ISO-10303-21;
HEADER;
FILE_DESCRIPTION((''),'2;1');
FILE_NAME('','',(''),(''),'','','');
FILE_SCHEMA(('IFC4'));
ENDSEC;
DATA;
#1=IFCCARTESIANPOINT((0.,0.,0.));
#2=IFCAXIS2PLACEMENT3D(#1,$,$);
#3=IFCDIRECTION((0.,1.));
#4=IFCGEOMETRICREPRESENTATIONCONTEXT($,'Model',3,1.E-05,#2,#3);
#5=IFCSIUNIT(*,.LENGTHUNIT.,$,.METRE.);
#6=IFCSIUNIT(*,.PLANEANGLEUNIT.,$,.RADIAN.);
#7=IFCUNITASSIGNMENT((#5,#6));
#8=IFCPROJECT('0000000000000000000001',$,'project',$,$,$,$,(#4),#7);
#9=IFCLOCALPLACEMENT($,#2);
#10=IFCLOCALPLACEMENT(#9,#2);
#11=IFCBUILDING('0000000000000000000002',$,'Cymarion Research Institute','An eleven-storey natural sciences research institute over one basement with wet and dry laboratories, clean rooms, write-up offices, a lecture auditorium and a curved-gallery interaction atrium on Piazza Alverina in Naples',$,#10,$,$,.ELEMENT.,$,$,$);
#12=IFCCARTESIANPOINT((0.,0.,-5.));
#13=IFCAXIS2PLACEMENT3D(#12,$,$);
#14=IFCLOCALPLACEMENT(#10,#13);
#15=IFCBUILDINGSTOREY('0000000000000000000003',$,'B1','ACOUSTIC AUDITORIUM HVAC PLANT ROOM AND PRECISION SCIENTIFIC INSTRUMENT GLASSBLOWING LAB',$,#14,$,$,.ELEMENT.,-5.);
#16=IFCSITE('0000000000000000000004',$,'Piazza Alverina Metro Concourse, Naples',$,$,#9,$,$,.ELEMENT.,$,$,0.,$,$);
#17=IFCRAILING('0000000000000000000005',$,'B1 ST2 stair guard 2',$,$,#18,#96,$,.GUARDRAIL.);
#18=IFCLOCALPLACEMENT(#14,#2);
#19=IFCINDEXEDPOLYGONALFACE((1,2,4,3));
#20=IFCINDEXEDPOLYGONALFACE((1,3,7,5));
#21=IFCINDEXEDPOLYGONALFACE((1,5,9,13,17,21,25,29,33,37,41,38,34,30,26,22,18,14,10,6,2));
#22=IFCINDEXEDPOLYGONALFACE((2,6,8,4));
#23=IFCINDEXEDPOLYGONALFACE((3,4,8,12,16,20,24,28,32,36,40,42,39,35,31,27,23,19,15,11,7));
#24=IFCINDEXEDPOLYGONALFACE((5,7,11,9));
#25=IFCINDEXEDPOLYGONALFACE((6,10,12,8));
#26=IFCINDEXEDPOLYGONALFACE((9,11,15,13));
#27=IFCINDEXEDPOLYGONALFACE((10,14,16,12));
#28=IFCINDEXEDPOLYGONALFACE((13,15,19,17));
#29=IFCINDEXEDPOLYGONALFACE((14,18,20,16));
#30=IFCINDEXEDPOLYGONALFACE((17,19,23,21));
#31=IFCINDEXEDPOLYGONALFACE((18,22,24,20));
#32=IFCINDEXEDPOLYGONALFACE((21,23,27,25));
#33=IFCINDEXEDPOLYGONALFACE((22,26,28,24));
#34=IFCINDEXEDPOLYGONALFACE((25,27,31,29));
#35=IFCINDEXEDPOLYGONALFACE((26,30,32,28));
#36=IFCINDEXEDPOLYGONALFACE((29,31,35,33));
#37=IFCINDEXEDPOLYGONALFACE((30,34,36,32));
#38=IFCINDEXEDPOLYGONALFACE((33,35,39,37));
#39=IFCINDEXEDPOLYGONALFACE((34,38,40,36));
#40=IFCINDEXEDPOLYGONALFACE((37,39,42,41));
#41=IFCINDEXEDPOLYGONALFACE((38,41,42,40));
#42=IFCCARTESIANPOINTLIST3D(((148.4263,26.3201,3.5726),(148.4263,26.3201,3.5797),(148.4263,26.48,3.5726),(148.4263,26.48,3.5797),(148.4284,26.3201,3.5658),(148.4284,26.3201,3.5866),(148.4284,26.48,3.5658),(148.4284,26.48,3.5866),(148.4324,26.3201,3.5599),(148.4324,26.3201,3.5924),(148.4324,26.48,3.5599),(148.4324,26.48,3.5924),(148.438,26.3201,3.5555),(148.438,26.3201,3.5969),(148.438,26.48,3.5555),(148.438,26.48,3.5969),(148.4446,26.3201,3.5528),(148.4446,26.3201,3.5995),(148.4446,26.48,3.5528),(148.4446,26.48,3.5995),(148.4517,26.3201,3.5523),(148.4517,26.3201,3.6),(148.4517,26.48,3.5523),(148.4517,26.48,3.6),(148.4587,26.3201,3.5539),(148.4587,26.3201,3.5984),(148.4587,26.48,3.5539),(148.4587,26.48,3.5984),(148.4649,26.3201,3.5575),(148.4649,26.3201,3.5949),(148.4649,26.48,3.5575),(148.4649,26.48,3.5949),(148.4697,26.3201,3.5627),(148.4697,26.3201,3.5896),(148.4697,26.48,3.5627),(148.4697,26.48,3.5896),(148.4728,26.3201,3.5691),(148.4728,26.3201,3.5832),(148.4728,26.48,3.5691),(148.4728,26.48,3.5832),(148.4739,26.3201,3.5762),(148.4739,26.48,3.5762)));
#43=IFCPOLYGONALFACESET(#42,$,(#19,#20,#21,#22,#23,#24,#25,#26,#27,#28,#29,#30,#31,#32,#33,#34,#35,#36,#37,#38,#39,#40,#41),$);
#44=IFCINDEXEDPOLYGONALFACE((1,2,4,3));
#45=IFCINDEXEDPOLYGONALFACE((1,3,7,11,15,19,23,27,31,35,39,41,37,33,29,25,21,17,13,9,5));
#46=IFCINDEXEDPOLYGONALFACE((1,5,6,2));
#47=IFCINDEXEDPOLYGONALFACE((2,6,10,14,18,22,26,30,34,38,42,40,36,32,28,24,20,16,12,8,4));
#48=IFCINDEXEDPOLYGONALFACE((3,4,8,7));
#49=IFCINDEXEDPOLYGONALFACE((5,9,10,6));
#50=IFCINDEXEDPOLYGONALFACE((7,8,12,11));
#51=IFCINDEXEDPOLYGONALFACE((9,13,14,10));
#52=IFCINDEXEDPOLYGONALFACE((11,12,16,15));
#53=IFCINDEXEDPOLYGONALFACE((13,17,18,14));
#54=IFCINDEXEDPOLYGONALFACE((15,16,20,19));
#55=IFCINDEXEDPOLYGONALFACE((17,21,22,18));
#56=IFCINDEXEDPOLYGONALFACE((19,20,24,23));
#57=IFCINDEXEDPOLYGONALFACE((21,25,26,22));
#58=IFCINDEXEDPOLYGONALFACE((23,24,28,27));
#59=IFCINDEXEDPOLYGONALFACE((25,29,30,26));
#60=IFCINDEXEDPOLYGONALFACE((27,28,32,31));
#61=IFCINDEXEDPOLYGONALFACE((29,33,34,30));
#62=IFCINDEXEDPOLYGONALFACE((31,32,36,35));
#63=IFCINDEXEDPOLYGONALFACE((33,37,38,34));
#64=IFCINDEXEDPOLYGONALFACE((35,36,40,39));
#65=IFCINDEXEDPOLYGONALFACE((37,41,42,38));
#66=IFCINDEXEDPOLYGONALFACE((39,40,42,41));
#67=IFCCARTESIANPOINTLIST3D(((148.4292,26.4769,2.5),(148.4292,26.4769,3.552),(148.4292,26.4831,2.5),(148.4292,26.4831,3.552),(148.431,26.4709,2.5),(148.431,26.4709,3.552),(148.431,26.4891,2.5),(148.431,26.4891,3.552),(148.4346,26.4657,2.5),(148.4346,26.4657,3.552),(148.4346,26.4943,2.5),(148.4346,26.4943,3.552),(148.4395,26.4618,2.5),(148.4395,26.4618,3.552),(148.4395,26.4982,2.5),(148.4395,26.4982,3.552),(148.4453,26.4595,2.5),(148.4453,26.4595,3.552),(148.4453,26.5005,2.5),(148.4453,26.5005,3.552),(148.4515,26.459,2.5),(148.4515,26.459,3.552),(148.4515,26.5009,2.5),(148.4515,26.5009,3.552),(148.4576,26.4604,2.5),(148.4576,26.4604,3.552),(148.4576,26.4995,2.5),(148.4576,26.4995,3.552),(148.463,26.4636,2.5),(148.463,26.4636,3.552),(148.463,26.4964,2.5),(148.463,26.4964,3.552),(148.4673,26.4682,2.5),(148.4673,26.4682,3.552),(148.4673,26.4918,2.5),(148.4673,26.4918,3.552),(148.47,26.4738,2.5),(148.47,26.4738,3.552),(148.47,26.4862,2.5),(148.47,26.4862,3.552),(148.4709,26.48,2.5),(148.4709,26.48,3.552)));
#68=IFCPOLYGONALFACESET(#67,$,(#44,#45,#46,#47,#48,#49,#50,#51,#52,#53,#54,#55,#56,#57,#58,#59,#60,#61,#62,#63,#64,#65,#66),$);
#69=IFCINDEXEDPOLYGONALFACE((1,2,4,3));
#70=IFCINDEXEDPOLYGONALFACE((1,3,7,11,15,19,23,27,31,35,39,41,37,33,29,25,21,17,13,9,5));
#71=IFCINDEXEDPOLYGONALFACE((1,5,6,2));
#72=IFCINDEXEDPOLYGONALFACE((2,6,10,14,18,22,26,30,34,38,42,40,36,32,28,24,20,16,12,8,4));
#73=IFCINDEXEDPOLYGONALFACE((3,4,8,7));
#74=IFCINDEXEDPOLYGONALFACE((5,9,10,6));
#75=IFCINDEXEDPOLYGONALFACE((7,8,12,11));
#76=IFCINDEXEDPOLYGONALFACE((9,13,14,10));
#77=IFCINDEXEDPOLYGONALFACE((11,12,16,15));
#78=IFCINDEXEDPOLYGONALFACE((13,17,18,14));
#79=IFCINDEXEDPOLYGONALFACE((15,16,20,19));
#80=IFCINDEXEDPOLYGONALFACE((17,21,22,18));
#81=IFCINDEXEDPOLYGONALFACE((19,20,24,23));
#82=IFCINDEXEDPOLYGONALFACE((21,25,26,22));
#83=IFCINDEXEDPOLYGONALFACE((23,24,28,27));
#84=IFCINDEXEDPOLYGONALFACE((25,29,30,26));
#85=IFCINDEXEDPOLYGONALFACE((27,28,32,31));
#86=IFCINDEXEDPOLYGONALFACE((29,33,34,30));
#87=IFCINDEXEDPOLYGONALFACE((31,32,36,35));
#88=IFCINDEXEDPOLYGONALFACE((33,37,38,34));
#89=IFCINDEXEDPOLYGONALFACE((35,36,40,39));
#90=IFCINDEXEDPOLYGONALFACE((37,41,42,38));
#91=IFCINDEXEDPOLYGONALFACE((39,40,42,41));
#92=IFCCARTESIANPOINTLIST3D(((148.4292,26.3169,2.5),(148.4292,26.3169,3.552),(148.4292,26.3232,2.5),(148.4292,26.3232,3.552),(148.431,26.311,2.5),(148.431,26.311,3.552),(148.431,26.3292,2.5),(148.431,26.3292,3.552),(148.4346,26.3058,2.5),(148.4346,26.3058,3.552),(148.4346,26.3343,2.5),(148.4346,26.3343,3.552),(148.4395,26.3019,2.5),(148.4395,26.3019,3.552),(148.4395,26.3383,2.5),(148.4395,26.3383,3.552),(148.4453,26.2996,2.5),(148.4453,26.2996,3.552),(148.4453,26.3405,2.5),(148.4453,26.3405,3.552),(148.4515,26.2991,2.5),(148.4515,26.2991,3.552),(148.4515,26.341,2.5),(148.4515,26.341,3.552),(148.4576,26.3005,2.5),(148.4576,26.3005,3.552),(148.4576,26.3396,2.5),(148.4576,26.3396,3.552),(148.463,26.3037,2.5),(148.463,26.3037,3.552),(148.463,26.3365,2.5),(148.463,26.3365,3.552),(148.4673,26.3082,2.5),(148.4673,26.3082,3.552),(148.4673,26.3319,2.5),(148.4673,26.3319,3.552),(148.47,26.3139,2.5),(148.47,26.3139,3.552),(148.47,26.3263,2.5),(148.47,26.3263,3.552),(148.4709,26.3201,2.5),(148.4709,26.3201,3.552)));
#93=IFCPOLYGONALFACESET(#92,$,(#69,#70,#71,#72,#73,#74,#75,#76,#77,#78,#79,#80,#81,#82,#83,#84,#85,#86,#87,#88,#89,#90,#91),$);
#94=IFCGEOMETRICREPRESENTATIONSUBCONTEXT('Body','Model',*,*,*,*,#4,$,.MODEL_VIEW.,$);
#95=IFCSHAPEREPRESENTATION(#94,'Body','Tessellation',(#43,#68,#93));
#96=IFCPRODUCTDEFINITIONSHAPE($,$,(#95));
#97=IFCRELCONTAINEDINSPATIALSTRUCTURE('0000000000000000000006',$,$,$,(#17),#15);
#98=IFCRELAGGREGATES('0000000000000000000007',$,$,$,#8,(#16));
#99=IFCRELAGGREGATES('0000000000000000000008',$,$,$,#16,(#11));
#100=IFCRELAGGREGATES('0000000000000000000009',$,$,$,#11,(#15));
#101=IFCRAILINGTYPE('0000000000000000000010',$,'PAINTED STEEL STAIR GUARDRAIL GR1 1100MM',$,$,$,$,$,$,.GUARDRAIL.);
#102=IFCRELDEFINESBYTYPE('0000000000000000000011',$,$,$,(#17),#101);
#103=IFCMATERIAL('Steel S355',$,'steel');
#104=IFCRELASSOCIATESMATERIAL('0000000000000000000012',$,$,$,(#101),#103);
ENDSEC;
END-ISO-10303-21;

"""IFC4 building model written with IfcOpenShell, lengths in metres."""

from ifc_helpers import new_model, si_unit, direction, frame, origin, origin_2d, place, context, subcontext, project, spatial, circle, extrude, material, type_object, element, save


model = new_model("IFC4")

# Units and contexts
model_context = context("Model", 3, precision=1e-05, world=origin(), true_north=direction((0.0, 1.0)))
body_context = subcontext(model_context, "Body", "Model", "MODEL_VIEW")
ifc_project = project(units=[si_unit("LENGTHUNIT", "METRE"), si_unit("PLANEANGLEUNIT", "RADIAN")], contexts=[model_context])

# Site, building, storey
site_placement = place(None, origin())
site = spatial("IfcSite", under=ifc_project, at=site_placement, Name="Piazza Alverina Metro Concourse, Naples", CompositionType="ELEMENT", RefElevation=0.0)
building_placement = place(site_placement, origin())
building = spatial("IfcBuilding", under=site, at=building_placement, Name="Cymarion Research Institute", Description="An eleven-storey natural sciences research institute over one basement with wet and dry laboratories, clean rooms, write-up offices, a lecture auditorium and a curved-gallery interaction atrium on Piazza Alverina in Naples", CompositionType="ELEMENT")
storey_placement = place(building_placement, frame((0.0, 0.0, -5.0)))
storey = spatial("IfcBuildingStorey", under=building, at=storey_placement, Name="B1", Description="ACOUSTIC AUDITORIUM HVAC PLANT ROOM AND PRECISION SCIENTIFIC INSTRUMENT GLASSBLOWING LAB", CompositionType="ELEMENT", Elevation=-5.0)

# Shared definitions
ifc_material_1 = material(Name="Steel S355", Category="steel")

# Railing
railing_type_1 = type_object("IfcRailingType", Name="PAINTED STEEL STAIR GUARDRAIL GR1 1100MM", PredefinedType="GUARDRAIL", material=ifc_material_1)
railing_1_placement = place(storey_placement, frame((148.45, 26.48, 2.5)))
element("IfcRailing", 1, at=railing_1_placement, inside=storey, type_object=railing_type_1, Name="B1 ST2 stair guard 2", PredefinedType="GUARDRAIL", context=body_context, shape_type="SweptSolid", body=[
    extrude(circle(Radius=0.0239, at=origin_2d()), frame((0.0, 0.0, 1.0762), z_axis=(0.0, -1.0, 0.0), x_axis=(1.0, 0.0, 0.0)), (0.0, 0.0, 1.0), 0.1599),
    extrude(circle(Radius=0.021, at=origin_2d()), origin(), (0.0, 0.0, 1.0), 1.052),
    extrude(circle(Radius=0.021, at=origin_2d()), frame((0.0, -0.1599, 0.0)), (0.0, 0.0, 1.0), 1.052),
])

save(model, "model.ifc")
